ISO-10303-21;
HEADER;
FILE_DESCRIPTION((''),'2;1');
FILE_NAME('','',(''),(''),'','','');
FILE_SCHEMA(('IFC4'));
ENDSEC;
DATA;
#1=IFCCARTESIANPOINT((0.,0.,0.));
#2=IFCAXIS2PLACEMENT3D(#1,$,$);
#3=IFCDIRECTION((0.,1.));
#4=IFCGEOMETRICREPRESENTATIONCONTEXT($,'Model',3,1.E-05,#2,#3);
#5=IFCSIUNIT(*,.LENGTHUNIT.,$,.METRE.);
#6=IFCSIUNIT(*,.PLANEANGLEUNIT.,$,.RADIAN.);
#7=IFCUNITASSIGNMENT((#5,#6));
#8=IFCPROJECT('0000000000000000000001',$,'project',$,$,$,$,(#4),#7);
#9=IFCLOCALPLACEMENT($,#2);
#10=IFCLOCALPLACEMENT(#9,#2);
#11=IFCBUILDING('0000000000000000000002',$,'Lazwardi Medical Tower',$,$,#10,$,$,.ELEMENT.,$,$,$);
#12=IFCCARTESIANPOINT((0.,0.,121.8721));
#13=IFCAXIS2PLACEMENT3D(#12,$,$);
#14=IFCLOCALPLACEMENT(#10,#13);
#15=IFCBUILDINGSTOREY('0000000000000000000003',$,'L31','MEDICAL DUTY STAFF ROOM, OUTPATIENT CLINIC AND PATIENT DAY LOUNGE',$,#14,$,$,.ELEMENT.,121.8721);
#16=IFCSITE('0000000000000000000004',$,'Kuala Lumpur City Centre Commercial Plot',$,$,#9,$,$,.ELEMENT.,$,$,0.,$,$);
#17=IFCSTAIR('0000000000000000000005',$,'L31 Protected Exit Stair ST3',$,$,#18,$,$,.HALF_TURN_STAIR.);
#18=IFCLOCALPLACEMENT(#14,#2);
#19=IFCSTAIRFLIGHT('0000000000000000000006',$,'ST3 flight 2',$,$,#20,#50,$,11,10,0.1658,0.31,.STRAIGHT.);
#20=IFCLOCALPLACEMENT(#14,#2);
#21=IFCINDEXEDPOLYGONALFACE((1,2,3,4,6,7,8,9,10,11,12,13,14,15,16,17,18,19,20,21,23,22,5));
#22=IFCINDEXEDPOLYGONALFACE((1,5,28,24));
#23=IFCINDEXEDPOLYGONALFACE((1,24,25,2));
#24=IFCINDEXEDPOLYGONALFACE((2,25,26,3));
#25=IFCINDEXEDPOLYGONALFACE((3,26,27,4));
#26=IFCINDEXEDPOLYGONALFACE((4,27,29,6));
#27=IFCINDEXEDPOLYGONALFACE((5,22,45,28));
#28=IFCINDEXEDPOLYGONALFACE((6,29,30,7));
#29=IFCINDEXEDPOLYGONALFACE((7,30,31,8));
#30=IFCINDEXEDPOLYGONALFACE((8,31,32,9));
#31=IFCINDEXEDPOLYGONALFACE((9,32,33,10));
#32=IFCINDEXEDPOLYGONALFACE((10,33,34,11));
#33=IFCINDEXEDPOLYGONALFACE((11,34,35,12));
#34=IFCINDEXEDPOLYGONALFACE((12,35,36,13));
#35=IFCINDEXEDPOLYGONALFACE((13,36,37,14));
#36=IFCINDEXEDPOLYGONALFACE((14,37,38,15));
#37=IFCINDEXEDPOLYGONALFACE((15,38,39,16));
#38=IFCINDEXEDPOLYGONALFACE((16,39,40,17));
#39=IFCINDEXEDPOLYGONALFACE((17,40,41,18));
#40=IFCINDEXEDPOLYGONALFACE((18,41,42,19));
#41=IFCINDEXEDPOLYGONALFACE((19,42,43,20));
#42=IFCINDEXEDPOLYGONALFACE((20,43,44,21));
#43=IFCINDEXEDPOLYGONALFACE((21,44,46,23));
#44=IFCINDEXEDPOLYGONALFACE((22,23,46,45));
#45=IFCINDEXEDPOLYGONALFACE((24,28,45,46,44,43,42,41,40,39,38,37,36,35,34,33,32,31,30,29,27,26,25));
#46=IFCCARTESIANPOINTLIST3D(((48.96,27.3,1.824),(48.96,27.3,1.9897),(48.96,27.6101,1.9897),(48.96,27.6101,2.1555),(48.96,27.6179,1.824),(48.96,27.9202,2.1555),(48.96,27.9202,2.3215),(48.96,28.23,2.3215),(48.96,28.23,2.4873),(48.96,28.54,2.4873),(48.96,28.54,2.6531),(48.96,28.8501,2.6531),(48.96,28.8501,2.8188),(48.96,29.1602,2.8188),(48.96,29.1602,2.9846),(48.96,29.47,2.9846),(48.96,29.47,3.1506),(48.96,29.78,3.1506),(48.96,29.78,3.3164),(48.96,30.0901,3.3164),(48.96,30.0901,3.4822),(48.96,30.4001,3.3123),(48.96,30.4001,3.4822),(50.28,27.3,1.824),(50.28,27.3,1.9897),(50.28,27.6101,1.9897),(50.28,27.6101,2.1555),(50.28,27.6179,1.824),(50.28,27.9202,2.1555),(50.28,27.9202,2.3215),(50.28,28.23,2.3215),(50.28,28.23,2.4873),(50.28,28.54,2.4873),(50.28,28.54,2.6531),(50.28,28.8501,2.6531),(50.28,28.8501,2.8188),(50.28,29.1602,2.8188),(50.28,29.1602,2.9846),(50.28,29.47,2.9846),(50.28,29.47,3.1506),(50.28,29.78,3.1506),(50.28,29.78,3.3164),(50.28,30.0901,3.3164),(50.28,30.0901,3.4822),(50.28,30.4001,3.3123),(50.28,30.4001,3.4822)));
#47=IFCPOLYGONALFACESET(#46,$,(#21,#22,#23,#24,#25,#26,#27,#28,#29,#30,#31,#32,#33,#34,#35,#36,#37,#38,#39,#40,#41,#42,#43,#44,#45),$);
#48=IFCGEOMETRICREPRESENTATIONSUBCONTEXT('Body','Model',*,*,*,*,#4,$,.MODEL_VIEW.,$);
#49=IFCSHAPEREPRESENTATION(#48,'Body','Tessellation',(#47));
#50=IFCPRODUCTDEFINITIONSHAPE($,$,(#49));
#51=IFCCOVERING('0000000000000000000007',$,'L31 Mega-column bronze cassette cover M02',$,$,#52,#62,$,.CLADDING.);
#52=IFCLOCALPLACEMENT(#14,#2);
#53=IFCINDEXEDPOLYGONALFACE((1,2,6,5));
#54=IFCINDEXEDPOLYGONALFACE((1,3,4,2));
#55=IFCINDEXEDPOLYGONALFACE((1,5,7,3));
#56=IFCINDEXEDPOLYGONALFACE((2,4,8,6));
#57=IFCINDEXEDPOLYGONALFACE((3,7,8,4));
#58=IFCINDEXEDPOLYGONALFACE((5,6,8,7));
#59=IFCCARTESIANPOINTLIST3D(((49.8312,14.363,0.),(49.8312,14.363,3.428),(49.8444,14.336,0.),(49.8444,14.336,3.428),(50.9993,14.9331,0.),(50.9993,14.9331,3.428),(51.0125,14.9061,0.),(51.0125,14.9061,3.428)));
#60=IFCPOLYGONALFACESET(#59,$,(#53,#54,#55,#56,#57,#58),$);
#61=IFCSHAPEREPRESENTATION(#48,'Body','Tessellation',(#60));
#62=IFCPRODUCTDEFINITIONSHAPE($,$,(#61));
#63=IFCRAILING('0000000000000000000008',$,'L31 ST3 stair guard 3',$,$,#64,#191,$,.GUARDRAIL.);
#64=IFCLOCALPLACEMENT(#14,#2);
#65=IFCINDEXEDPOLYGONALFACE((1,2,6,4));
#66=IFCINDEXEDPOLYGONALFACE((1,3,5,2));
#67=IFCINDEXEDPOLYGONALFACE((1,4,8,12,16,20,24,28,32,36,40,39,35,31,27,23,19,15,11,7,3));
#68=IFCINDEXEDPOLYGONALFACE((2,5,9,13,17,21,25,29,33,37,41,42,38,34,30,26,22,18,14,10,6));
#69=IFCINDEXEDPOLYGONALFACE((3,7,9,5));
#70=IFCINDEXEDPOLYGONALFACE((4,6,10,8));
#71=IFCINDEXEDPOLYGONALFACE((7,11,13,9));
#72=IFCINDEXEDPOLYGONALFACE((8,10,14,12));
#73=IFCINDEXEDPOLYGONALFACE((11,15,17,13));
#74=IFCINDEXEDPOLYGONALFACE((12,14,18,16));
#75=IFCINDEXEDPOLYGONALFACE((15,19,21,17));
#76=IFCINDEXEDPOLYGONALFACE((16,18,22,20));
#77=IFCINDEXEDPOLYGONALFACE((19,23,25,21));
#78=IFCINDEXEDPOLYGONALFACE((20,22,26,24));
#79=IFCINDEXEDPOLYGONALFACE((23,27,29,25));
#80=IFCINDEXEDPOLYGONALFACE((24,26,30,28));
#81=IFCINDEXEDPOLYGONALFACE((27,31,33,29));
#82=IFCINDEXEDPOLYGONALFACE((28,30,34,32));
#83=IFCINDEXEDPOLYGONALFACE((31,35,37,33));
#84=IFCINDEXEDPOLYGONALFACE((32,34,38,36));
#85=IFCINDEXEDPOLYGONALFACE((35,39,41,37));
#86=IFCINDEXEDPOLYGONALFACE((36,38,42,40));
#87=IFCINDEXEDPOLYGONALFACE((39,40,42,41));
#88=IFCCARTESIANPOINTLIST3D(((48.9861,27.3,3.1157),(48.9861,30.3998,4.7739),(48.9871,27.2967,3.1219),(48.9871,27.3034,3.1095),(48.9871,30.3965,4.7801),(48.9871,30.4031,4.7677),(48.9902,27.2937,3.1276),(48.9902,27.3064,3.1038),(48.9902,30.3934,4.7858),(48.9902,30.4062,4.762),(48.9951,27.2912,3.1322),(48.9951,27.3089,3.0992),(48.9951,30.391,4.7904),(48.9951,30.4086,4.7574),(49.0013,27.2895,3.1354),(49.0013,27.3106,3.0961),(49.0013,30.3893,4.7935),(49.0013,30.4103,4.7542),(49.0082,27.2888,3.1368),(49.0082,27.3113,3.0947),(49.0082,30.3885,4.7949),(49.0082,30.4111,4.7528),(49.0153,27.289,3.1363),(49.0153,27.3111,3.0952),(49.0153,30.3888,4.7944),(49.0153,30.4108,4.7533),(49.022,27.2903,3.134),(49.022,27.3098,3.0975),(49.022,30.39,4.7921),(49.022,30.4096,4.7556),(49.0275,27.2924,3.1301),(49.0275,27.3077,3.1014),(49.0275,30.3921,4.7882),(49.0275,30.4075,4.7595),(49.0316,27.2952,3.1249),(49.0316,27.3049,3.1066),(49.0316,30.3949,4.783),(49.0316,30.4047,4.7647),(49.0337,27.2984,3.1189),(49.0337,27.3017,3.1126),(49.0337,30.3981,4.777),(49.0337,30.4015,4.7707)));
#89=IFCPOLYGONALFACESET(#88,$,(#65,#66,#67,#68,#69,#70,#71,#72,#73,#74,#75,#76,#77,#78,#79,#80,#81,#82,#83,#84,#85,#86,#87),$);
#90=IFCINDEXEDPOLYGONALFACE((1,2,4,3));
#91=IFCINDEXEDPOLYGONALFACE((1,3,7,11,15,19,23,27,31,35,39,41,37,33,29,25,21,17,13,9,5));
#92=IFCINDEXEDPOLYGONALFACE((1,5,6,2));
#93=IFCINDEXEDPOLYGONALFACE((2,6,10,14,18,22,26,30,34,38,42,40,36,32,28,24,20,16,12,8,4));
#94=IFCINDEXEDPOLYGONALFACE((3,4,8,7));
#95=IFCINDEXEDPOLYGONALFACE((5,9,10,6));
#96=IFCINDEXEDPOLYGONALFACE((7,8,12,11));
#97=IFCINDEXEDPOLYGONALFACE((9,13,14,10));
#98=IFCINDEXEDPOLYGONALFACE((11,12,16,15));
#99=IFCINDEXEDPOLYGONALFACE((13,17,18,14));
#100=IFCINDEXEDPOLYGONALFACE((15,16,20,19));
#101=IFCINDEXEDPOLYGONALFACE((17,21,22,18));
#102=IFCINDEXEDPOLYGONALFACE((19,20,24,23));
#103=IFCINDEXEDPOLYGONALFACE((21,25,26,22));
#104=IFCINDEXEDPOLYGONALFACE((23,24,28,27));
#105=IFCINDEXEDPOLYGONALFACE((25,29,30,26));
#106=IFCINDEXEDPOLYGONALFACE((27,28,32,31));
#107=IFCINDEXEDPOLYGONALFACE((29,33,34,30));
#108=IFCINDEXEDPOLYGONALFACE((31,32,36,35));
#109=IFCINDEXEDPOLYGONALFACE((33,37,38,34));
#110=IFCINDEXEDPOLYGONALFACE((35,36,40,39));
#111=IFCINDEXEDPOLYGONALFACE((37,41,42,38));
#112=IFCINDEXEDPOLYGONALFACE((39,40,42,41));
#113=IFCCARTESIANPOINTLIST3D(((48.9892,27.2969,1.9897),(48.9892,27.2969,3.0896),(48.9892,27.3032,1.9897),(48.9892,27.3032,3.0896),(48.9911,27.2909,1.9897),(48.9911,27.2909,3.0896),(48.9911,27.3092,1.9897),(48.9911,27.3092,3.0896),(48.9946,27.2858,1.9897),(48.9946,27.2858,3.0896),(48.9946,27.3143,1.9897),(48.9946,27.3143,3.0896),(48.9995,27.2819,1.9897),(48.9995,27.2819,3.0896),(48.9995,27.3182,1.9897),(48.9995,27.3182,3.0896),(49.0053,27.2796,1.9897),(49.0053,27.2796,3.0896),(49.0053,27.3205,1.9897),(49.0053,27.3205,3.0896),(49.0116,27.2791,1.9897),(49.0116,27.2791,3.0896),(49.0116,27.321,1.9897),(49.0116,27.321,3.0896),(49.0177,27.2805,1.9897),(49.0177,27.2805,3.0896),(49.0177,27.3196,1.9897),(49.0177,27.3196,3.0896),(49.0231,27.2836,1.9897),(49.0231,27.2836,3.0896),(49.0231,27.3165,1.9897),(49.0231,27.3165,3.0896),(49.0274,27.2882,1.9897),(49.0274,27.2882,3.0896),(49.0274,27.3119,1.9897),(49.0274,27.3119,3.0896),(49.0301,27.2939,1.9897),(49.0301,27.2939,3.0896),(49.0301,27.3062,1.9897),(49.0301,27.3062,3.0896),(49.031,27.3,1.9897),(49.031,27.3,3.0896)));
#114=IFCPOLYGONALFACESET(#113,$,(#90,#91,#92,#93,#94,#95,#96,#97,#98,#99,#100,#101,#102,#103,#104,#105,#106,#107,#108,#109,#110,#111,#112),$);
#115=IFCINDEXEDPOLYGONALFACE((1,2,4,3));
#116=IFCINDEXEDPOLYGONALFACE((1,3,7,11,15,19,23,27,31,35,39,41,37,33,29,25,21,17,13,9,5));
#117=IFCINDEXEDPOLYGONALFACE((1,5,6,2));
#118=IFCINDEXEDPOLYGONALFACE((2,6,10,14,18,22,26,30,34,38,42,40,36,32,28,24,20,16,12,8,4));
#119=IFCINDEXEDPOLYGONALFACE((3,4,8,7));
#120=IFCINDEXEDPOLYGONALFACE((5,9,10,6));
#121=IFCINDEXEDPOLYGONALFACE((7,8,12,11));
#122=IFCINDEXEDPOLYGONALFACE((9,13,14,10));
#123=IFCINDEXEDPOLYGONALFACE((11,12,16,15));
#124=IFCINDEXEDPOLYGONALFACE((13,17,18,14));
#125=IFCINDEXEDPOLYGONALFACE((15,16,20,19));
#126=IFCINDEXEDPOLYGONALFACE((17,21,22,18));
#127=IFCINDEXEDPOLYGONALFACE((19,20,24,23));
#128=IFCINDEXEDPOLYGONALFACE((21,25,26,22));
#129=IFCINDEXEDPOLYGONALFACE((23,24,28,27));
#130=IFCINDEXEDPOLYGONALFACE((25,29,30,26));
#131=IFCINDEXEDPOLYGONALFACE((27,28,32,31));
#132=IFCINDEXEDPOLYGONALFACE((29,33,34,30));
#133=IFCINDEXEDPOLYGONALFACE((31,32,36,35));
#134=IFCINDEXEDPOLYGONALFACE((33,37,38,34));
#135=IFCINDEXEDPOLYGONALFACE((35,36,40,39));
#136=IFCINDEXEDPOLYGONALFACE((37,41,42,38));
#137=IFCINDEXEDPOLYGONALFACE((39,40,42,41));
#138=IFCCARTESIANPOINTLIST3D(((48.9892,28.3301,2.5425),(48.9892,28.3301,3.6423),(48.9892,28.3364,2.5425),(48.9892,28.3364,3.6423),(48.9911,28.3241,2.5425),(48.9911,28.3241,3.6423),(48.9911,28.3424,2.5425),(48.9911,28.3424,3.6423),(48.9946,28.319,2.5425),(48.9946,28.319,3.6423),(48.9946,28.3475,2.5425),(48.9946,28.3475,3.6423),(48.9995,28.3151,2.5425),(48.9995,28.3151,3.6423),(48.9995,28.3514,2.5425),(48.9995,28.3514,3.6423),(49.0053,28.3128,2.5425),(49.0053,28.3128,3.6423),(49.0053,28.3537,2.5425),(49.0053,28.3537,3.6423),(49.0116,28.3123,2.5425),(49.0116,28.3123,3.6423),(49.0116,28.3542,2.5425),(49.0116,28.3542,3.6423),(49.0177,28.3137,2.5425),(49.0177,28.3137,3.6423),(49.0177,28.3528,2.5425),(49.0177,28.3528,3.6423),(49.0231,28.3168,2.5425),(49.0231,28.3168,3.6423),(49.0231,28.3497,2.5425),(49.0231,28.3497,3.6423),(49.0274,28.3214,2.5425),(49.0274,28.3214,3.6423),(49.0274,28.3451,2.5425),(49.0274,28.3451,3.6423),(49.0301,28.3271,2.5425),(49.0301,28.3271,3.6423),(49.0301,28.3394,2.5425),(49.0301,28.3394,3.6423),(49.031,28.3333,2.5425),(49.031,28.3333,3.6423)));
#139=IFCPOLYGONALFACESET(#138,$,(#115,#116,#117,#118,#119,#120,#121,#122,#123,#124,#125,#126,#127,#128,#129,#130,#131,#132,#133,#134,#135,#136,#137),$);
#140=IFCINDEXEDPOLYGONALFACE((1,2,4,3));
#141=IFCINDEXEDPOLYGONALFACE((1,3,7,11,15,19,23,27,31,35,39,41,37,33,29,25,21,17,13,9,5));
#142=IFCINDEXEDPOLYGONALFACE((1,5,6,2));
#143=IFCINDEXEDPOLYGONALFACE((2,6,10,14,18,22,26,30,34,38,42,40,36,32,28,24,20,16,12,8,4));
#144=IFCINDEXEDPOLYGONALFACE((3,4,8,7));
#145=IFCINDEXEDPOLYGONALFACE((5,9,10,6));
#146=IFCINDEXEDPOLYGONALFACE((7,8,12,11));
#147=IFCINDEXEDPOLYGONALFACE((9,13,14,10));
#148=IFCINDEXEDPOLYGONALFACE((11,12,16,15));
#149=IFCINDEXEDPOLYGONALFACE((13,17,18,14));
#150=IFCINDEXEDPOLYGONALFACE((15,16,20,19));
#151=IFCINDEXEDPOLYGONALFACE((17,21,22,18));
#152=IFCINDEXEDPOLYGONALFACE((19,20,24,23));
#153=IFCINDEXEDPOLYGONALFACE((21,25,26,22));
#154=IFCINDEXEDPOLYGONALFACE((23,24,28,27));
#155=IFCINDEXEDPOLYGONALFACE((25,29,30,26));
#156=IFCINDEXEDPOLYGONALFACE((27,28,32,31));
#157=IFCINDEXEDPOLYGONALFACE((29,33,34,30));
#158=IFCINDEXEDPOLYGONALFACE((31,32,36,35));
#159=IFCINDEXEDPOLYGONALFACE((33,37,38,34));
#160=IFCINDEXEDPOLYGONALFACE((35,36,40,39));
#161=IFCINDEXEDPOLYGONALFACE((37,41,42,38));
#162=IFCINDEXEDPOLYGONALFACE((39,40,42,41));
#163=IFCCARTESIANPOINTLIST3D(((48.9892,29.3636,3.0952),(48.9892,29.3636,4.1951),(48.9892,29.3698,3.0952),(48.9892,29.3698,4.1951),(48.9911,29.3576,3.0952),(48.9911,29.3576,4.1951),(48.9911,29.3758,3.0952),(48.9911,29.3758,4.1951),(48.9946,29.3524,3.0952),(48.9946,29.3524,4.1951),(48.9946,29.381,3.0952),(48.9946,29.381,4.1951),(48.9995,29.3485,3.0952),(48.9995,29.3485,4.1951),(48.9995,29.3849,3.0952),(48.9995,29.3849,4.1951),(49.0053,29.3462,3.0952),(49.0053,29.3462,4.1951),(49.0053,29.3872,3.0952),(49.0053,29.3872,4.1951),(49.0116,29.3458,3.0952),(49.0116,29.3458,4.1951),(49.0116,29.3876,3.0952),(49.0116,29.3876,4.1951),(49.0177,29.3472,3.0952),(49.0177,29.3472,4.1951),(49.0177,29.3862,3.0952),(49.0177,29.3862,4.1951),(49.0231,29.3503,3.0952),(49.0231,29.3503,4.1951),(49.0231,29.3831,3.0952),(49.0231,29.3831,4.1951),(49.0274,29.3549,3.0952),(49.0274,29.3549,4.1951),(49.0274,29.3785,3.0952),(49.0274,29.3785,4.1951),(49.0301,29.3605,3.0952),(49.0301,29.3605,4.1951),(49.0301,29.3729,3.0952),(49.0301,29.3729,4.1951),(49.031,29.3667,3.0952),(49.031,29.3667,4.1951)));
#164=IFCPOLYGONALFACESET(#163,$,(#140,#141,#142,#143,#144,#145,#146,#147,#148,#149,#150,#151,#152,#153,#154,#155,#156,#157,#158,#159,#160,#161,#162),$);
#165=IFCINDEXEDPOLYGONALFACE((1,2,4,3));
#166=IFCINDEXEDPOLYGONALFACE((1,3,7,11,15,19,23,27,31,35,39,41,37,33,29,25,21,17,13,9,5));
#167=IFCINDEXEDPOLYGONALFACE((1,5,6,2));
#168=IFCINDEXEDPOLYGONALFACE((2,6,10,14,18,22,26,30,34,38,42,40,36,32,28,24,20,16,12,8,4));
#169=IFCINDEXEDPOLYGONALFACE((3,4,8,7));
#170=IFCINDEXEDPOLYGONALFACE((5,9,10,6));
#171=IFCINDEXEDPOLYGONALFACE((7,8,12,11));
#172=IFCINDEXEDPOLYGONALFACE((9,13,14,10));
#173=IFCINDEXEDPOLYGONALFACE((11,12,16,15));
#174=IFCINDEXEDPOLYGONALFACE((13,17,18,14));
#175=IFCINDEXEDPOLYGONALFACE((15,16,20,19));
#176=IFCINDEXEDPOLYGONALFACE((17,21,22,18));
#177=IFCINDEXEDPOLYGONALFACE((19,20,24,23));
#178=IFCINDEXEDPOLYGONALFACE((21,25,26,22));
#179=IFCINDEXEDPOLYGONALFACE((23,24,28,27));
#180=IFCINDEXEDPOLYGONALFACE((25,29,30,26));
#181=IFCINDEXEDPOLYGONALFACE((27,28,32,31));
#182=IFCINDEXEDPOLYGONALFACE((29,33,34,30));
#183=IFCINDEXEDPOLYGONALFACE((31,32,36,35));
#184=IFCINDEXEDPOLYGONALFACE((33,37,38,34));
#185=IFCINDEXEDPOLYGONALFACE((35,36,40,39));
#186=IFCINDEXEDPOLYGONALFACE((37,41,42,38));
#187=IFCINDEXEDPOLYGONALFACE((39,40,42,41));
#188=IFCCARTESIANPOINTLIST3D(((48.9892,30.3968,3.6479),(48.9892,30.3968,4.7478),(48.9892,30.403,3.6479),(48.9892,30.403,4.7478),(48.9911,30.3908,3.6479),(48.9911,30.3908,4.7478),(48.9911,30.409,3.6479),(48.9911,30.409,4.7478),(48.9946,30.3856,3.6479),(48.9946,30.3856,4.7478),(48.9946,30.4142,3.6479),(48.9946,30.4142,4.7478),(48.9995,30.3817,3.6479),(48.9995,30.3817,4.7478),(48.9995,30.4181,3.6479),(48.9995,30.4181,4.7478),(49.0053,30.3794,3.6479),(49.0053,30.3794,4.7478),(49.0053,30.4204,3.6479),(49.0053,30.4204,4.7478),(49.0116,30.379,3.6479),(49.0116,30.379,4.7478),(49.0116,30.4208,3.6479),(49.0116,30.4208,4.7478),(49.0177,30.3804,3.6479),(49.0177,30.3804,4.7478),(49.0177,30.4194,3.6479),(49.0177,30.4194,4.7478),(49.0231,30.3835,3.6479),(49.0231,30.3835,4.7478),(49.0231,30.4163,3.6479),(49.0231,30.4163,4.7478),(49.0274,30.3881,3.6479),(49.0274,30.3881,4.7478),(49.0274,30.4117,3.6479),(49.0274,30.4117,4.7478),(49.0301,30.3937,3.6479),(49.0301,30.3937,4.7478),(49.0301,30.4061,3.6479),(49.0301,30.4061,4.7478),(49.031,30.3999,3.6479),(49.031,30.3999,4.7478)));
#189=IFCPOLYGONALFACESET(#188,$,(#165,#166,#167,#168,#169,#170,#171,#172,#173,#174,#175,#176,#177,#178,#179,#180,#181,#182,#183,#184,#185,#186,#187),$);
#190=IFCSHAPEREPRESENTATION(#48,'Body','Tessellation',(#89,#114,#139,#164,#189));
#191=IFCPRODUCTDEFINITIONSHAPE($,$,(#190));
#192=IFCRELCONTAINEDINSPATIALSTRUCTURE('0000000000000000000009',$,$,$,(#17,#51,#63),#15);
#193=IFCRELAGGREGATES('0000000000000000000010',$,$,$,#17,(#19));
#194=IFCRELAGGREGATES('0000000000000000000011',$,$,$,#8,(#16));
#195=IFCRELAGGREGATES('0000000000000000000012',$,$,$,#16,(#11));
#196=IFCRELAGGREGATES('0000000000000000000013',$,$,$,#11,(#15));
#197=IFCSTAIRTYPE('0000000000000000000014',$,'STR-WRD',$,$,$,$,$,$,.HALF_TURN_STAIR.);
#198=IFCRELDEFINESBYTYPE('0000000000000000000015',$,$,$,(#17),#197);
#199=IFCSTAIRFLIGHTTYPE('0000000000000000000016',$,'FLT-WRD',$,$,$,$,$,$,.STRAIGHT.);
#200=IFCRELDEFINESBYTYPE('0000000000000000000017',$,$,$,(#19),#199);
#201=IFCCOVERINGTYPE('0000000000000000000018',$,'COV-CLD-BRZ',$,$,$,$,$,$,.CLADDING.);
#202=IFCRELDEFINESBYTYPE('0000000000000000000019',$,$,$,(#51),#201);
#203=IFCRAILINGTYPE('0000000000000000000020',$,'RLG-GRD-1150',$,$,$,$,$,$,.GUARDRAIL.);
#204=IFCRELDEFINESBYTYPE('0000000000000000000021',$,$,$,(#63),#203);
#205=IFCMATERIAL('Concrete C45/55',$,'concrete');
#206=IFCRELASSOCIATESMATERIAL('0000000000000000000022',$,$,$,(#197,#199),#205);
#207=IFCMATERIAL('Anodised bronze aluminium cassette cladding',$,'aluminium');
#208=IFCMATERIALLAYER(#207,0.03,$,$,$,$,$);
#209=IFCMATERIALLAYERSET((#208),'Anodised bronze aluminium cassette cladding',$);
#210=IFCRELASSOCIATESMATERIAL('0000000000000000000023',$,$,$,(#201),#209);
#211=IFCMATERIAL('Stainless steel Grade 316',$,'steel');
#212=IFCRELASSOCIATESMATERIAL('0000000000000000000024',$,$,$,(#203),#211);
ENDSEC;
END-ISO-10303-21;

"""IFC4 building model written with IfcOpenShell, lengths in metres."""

from ifc_helpers import new_model, si_unit, direction, frame, origin, origin_2d, place, context, subcontext, project, spatial, polyline, rectangle, circle, outline, extrude, material, layer, layer_set, type_object, element, aggregate, save


model = new_model("IFC4")

# Units and contexts
model_context = context("Model", 3, precision=1e-05, world=origin(), true_north=direction((0.0, 1.0)))
body_context = subcontext(model_context, "Body", "Model", "MODEL_VIEW")
ifc_project = project(units=[si_unit("LENGTHUNIT", "METRE"), si_unit("PLANEANGLEUNIT", "RADIAN")], contexts=[model_context])

# Site, building, storey
site_placement = place(None, origin())
site = spatial("IfcSite", under=ifc_project, at=site_placement, Name="Kuala Lumpur City Centre Commercial Plot", CompositionType="ELEMENT", RefElevation=0.0)
building_placement = place(site_placement, origin())
building = spatial("IfcBuilding", under=site, at=building_placement, Name="Lazwardi Medical Tower", CompositionType="ELEMENT")
storey_placement = place(building_placement, frame((0.0, 0.0, 121.8721)))
storey = spatial("IfcBuildingStorey", under=building, at=storey_placement, Name="L31", Description="MEDICAL DUTY STAFF ROOM, OUTPATIENT CLINIC AND PATIENT DAY LOUNGE", CompositionType="ELEMENT", Elevation=121.8721)

# Stair, stair flight
ifc_material_1 = material(Name="Concrete C45/55", Category="concrete")
stair_type = type_object("IfcStairType", Name="STR-WRD", PredefinedType="HALF_TURN_STAIR", material=ifc_material_1)
stair_placement = place(storey_placement, origin())
stair = element("IfcStair", 1, at=stair_placement, inside=storey, type_object=stair_type, Name="L31 Protected Exit Stair ST3", PredefinedType="HALF_TURN_STAIR")
stair_flight_type = type_object("IfcStairFlightType", Name="FLT-WRD", PredefinedType="STRAIGHT", material=ifc_material_1)
stair_flight_placement = place(storey_placement, frame((49.6201, 27.3, 1.824), z_axis=(0.0, 0.0, 1.0), x_axis=(0.0, 1.0, 0.0)))
stair_flight = element("IfcStairFlight", 2, at=stair_flight_placement, type_object=stair_flight_type, Name="ST3 flight 2", NumberOfRisers=11, NumberOfTreads=10, PredefinedType="STRAIGHT", RiserHeight=0.1658, TreadLength=0.31, context=body_context, shape_type="SweptSolid", body=[
    extrude(outline(polyline([(0.0, 0.0), (0.0, 0.1658), (0.3101, 0.1658), (0.3101, 0.3315), (0.6201, 0.3315), (0.6201, 0.4976), (0.9299, 0.4976), (0.9299, 0.6633), (1.24, 0.6633), (1.24, 0.8291), (1.55, 0.8291), (1.55, 0.9949), (1.8601, 0.9949), (1.8601, 1.1606), (2.1699, 1.1606), (2.1699, 1.3267), (2.48, 1.3267), (2.48, 1.4924), (2.79, 1.4924), (2.79, 1.6582), (3.1001, 1.6582), (3.1001, 1.824), (3.1001, 1.4883), (0.3179, 0.0), (0.0, 0.0)])), frame((0.0, 0.6602, 0.0), z_axis=(0.0, -1.0, 0.0), x_axis=(1.0, 0.0, 0.0)), (0.0, 0.0, 1.0), 1.3201),
])
aggregate(stair, [stair_flight])

# Covering
ifc_material_2 = material(Name="Anodised bronze aluminium cassette cladding", Category="aluminium")
ifc_layer_1 = layer(ifc_material_2, 0.03)
ifc_layer_set_1 = layer_set([ifc_layer_1], Name="Anodised bronze aluminium cassette cladding")
covering_type = type_object("IfcCoveringType", Name="COV-CLD-BRZ", PredefinedType="CLADDING", material=ifc_layer_set_1)
covering_placement = place(storey_placement, frame((50.4219, 14.6345, 0.0), z_axis=(0.0, 0.0, 1.0), x_axis=(0.898679, 0.438606, 0.0)))
element("IfcCovering", 3, at=covering_placement, inside=storey, type_object=covering_type, Name="L31 Mega-column bronze cassette cover M02", PredefinedType="CLADDING", context=body_context, shape_type="SweptSolid", body=[
    extrude(rectangle(XDim=1.2998, YDim=0.03, at=origin_2d()), origin(), (0.0, 0.0, 1.0), 3.428),
])

# Railing
ifc_material_3 = material(Name="Stainless steel Grade 316", Category="steel")
railing_type_1 = type_object("IfcRailingType", Name="RLG-GRD-1150", PredefinedType="GUARDRAIL", material=ifc_material_3)
railing_1_placement = place(storey_placement, frame((49.01, 27.3, 1.9897)))
element("IfcRailing", 4, at=railing_1_placement, inside=storey, type_object=railing_type_1, Name="L31 ST3 stair guard 3", PredefinedType="GUARDRAIL", context=body_context, shape_type="SweptSolid", body=[
    extrude(circle(Radius=0.0239, at=origin_2d()), frame((0.0, 0.0, 1.126), z_axis=(0.0, 0.881768, 0.471684), x_axis=(-1.0, 0.0, 0.0)), (0.0, 0.0, 1.0), 3.5154),
    extrude(circle(Radius=0.021, at=origin_2d()), origin(), (0.0, 0.0, 1.0), 1.0999),
    extrude(circle(Radius=0.021, at=origin_2d()), frame((0.0, 1.0332, 0.5527)), (0.0, 0.0, 1.0), 1.0999),
    extrude(circle(Radius=0.021, at=origin_2d()), frame((0.0, 2.0667, 1.1055)), (0.0, 0.0, 1.0), 1.0999),
    extrude(circle(Radius=0.021, at=origin_2d()), frame((0.0, 3.0999, 1.6582)), (0.0, 0.0, 1.0), 1.0999),
])

save(model, "model.ifc")
